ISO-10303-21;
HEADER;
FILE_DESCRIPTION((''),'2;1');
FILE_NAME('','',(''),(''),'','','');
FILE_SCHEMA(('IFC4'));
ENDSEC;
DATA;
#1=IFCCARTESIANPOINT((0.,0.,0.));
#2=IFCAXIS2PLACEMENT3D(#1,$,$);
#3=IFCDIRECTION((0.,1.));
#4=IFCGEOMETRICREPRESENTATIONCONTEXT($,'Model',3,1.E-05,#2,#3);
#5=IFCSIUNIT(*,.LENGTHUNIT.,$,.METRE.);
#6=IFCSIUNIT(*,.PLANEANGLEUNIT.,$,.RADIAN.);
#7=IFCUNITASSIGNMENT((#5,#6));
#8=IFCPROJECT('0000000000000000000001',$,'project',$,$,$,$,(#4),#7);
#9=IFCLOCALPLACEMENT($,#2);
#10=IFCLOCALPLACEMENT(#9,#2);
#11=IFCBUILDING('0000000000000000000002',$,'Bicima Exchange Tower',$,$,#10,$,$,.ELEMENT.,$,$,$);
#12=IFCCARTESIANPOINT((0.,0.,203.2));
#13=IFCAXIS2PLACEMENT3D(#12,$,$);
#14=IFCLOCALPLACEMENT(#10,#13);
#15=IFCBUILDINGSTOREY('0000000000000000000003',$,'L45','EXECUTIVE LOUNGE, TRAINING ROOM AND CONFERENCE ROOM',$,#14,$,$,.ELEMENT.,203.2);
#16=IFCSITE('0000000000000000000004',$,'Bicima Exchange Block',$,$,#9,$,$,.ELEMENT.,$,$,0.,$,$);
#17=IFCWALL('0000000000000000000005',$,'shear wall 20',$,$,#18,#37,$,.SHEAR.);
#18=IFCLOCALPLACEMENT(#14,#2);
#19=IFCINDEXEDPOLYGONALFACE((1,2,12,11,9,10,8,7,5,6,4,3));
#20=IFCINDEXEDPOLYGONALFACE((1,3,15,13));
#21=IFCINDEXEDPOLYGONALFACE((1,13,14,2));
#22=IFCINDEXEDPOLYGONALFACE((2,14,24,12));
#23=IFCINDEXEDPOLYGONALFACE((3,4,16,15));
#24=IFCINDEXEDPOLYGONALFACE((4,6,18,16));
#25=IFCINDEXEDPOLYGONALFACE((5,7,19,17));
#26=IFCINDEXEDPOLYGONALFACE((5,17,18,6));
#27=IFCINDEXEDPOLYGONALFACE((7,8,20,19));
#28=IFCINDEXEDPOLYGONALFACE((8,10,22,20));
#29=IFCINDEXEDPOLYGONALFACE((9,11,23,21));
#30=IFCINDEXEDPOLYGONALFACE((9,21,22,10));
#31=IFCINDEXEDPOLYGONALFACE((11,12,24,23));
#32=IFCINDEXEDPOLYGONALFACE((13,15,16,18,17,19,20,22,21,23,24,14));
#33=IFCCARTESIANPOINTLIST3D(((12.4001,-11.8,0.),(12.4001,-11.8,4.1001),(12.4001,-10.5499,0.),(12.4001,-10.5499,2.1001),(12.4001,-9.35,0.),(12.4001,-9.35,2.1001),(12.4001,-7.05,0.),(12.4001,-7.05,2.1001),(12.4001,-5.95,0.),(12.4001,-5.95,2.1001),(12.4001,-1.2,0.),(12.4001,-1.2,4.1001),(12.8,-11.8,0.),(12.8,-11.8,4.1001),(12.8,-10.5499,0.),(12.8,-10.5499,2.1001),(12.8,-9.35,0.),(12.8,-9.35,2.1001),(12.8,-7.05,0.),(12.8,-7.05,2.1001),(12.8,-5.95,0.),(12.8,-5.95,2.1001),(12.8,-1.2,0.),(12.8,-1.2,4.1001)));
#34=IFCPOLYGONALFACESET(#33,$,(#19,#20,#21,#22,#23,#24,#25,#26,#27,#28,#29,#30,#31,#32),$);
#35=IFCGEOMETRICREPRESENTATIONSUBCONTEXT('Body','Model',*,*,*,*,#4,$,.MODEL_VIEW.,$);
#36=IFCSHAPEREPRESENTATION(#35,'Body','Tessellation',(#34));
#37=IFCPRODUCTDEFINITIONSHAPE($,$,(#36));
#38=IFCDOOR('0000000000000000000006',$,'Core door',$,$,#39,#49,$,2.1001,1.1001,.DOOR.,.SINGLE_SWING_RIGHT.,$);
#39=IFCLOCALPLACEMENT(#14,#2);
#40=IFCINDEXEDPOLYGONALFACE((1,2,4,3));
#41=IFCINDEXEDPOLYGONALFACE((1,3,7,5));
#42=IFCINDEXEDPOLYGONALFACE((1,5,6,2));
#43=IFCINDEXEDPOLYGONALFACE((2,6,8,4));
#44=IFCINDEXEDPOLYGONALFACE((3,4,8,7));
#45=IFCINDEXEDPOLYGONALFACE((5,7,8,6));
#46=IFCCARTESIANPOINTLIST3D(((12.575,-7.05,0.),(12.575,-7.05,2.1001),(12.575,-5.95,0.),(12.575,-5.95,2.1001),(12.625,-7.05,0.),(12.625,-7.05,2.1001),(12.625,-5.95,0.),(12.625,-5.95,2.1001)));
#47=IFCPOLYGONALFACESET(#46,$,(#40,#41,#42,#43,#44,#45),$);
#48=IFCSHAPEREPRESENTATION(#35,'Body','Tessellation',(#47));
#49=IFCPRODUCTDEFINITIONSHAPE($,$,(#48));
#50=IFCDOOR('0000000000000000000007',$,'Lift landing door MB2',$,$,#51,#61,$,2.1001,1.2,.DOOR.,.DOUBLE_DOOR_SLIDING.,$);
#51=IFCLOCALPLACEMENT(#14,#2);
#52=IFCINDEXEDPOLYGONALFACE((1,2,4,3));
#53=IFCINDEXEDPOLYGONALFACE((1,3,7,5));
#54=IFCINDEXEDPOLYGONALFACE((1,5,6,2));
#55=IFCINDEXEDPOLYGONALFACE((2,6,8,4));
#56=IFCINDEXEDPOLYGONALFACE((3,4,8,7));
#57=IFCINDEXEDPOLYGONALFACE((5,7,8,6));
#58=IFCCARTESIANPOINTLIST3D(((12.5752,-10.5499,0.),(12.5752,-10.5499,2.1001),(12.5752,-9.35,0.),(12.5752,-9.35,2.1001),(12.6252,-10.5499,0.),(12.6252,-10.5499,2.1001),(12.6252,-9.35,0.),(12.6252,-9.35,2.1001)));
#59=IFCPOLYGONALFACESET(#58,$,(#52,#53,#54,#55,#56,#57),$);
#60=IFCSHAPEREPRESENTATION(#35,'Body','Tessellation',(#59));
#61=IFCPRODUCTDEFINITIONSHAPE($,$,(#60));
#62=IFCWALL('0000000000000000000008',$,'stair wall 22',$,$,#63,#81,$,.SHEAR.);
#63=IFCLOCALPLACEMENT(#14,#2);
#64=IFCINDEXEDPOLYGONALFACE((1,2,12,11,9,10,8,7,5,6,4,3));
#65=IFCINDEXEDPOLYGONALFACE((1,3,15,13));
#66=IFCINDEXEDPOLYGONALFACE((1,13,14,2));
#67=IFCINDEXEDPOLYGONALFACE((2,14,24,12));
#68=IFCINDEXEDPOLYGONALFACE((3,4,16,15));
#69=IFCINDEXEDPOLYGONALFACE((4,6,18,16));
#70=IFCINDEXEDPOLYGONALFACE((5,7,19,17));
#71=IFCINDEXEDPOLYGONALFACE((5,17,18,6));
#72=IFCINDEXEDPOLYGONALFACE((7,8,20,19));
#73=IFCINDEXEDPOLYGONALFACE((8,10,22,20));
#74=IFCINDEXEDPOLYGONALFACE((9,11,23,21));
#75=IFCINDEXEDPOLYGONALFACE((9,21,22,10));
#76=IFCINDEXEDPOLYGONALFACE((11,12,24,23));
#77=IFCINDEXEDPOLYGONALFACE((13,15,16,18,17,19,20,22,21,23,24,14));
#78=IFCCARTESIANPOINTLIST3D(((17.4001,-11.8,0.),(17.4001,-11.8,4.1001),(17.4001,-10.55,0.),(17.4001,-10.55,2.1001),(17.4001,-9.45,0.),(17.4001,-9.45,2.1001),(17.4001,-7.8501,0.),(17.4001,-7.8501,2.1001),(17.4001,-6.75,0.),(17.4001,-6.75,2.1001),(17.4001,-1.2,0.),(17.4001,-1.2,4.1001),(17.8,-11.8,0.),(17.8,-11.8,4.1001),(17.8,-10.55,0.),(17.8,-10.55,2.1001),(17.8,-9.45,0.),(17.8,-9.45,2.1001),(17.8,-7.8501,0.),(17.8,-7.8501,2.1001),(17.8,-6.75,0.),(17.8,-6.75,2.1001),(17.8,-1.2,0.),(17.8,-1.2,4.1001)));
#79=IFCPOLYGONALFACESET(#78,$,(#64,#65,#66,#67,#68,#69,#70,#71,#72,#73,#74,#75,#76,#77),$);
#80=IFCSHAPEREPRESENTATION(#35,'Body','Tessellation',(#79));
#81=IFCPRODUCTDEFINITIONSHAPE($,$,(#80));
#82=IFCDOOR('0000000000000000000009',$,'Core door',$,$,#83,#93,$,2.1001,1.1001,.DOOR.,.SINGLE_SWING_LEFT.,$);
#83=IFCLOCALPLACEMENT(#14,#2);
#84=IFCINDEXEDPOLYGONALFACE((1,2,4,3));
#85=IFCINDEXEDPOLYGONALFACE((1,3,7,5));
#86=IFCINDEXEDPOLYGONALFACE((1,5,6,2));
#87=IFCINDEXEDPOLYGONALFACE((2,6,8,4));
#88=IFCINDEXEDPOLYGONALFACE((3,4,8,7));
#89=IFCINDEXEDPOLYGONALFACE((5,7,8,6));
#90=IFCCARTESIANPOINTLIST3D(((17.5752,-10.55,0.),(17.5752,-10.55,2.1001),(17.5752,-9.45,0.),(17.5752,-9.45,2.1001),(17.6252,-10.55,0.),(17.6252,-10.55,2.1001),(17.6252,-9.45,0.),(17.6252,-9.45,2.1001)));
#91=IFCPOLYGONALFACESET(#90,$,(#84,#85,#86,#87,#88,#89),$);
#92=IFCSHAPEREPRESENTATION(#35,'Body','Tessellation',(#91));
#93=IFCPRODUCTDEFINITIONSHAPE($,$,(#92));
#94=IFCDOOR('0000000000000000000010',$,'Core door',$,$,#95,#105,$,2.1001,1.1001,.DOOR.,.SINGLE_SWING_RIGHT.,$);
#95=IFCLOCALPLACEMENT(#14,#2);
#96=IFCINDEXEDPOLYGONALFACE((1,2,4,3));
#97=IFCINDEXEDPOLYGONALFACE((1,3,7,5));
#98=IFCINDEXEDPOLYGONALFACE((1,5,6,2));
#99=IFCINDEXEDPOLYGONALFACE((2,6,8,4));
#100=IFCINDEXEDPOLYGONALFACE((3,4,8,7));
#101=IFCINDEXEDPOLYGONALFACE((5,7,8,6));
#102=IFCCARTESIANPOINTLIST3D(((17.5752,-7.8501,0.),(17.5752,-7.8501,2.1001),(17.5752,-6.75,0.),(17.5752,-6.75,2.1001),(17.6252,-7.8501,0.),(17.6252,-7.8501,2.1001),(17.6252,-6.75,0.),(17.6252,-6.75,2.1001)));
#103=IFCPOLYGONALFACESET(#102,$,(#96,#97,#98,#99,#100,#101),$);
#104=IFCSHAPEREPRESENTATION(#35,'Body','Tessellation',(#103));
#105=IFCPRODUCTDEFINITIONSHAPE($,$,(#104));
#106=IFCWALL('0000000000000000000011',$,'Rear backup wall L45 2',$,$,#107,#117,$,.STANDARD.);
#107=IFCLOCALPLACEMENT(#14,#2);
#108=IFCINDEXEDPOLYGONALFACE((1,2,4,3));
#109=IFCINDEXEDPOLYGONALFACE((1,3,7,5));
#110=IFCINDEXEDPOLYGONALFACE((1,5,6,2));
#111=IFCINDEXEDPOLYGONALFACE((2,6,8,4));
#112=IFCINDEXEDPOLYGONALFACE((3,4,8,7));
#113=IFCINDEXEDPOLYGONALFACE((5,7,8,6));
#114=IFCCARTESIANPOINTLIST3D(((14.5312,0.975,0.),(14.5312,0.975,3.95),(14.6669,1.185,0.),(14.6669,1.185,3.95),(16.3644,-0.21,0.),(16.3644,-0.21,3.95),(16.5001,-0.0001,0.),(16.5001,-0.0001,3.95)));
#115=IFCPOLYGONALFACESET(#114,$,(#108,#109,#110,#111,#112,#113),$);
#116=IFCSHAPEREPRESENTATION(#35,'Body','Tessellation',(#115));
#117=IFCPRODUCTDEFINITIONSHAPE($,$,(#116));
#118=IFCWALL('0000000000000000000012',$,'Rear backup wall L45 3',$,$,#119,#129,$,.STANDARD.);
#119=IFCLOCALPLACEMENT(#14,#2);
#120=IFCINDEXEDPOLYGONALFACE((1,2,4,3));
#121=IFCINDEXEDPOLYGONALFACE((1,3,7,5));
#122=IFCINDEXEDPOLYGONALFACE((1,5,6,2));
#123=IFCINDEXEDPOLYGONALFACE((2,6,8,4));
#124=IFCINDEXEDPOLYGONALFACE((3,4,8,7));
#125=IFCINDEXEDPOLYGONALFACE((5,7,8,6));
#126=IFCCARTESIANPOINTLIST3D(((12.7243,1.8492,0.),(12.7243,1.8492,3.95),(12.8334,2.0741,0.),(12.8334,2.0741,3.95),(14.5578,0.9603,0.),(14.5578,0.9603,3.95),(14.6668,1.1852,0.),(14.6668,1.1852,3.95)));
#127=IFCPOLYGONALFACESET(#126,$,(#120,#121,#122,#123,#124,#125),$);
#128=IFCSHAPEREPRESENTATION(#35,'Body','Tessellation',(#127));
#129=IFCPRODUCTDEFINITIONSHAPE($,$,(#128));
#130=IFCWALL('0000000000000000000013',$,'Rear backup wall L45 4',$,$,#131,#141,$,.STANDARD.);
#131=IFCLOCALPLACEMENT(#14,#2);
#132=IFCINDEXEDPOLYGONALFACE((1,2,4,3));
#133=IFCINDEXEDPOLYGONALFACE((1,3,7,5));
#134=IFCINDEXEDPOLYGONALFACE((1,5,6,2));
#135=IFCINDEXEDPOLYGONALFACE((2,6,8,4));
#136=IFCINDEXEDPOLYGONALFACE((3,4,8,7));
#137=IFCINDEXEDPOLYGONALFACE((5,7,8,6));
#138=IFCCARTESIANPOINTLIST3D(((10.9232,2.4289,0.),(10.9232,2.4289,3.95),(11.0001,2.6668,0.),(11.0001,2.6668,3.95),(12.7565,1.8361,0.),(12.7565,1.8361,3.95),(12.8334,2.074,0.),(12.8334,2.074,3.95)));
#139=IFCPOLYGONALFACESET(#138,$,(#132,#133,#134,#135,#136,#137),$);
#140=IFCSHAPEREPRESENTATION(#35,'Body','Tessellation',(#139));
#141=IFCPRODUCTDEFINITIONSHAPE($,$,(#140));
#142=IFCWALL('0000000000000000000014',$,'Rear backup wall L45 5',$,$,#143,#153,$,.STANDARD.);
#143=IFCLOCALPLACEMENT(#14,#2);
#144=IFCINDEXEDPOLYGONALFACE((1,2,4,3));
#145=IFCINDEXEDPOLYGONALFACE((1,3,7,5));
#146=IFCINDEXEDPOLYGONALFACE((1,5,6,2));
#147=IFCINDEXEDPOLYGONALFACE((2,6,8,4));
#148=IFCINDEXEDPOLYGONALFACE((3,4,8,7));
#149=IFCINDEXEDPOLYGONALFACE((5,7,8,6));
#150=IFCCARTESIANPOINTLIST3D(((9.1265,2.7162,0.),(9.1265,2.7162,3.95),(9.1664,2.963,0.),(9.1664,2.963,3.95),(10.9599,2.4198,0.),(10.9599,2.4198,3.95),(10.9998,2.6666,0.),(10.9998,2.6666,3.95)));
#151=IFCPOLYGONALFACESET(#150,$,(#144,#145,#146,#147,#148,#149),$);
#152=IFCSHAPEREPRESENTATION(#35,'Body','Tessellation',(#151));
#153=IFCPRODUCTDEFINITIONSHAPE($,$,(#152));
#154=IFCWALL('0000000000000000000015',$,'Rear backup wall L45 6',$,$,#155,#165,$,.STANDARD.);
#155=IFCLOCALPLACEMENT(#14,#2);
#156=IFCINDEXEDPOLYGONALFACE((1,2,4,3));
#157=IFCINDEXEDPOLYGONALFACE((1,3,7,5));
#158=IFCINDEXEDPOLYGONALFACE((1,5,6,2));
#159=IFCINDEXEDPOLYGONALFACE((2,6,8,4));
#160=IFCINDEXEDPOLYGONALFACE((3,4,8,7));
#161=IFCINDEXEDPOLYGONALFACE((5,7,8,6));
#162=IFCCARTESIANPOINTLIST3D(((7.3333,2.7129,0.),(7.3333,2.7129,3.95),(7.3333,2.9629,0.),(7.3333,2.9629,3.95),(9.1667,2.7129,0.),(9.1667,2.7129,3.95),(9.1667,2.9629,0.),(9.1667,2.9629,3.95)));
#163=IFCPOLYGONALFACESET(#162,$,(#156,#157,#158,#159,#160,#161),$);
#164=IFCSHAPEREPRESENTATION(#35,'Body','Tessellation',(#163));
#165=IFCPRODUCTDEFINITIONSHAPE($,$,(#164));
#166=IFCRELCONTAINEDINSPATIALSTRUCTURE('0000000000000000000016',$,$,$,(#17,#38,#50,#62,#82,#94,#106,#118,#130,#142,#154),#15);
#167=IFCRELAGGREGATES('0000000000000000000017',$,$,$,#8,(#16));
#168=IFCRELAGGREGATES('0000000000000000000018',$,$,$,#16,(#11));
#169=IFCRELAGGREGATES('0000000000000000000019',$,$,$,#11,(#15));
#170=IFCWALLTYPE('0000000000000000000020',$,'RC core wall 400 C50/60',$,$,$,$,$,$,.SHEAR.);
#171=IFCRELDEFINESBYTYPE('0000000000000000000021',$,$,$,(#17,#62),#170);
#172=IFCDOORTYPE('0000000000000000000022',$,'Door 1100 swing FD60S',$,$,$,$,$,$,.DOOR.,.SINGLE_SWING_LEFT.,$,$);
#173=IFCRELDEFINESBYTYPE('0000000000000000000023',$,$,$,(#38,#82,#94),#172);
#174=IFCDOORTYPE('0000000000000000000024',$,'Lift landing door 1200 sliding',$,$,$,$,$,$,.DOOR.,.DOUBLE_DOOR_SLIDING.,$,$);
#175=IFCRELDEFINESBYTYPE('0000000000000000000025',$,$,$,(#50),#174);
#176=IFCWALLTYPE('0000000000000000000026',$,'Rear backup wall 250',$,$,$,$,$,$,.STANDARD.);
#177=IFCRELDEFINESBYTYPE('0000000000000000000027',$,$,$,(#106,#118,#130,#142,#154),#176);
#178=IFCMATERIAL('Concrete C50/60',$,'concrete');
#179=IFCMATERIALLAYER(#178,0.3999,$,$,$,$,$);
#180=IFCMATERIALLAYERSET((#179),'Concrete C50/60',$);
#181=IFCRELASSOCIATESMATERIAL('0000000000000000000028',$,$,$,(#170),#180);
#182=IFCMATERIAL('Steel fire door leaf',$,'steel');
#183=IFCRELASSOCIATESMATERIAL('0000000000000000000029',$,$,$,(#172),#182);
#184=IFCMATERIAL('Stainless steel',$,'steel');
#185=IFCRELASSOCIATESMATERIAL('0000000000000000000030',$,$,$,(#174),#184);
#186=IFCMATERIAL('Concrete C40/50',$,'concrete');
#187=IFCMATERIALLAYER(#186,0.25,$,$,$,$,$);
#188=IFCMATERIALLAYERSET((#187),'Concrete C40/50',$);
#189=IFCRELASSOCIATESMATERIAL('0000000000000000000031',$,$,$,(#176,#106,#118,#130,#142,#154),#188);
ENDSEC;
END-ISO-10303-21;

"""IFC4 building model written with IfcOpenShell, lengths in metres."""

from ifc_helpers import new_model, si_unit, direction, frame, frame_2d, origin, place, context, subcontext, project, spatial, rectangle, extrude, material, layer, layer_set, layer_usage, type_object, element, fill, save


model = new_model("IFC4")

# Units and contexts
model_context = context("Model", 3, precision=1e-05, world=origin(), true_north=direction((0.0, 1.0)))
body_context = subcontext(model_context, "Body", "Model", "MODEL_VIEW")
ifc_project = project(units=[si_unit("LENGTHUNIT", "METRE"), si_unit("PLANEANGLEUNIT", "RADIAN")], contexts=[model_context])

# Site, building, storey
site_placement = place(None, origin())
site = spatial("IfcSite", under=ifc_project, at=site_placement, Name="Bicima Exchange Block", CompositionType="ELEMENT", RefElevation=0.0)
building_placement = place(site_placement, origin())
building = spatial("IfcBuilding", under=site, at=building_placement, Name="Bicima Exchange Tower", CompositionType="ELEMENT")
storey_placement = place(building_placement, frame((0.0, 0.0, 203.2)))
storey = spatial("IfcBuildingStorey", under=building, at=storey_placement, Name="L45", Description="EXECUTIVE LOUNGE, TRAINING ROOM AND CONFERENCE ROOM", CompositionType="ELEMENT", Elevation=203.2)

# Shared definitions
ifc_material_1 = material(Name="Concrete C50/60", Category="concrete")
ifc_layer_1 = layer(ifc_material_1, 0.3999)
ifc_layer_set_1 = layer_set([ifc_layer_1], Name="Concrete C50/60")
wall_type_1 = type_object("IfcWallType", Name="RC core wall 400 C50/60", PredefinedType="SHEAR", material=ifc_layer_set_1)
ifc_material_2 = material(Name="Steel fire door leaf", Category="steel")

# Walls, openings, doors
wall_1_placement = place(storey_placement, frame((12.6001, -11.8, 0.0), z_axis=(0.0, 0.0, 1.0), x_axis=(0.0, 1.0, 0.0)))
wall_1 = element("IfcWall", 1, at=wall_1_placement, inside=storey, type_object=wall_type_1, Name="shear wall 20", PredefinedType="SHEAR", context=body_context, shape_type="SweptSolid", body=[
    extrude(rectangle(XDim=10.6001, YDim=0.3999, at=frame_2d((5.3, 0.0))), origin(), (0.0, 0.0, 1.0), 4.1001),
])
opening_1_placement = place(wall_1_placement, frame((1.25, 0.0, 0.0)))
opening_1 = element("IfcOpeningElement", 2, at=opening_1_placement, cuts=wall_1, PredefinedType="OPENING", context=body_context, shape_type="SweptSolid", body=[
    extrude(rectangle(XDim=1.2, YDim=2.1001, at=frame_2d((0.6001, 1.05))), frame((0.0, 0.2119, 0.0), z_axis=(0.0, -1.0, 0.0), x_axis=(1.0, 0.0, 0.0)), (0.0, 0.0, 1.0), 0.4238),
])
opening_2_placement = place(wall_1_placement, frame((4.75, 0.0, 0.0)))
opening_2 = element("IfcOpeningElement", 3, at=opening_2_placement, cuts=wall_1, PredefinedType="OPENING", context=body_context, shape_type="SweptSolid", body=[
    extrude(rectangle(XDim=1.1001, YDim=2.1001, at=frame_2d((0.55, 1.05))), frame((0.0, 0.2119, 0.0), z_axis=(0.0, -1.0, 0.0), x_axis=(1.0, 0.0, 0.0)), (0.0, 0.0, 1.0), 0.4238),
])
door_type_1 = type_object("IfcDoorType", Name="Door 1100 swing FD60S", OperationType="SINGLE_SWING_LEFT", PredefinedType="DOOR", material=ifc_material_2)
door_1_placement = place(opening_2_placement, frame((1.1001, 0.0, 0.0), z_axis=(0.0, 0.0, 1.0), x_axis=(-1.0, 0.0, 0.0)))
door_1 = element("IfcDoor", 4, at=door_1_placement, inside=storey, type_object=door_type_1, Name="Core door", OperationType="SINGLE_SWING_RIGHT", OverallHeight=2.1001, OverallWidth=1.1001, PredefinedType="DOOR", context=body_context, shape_type="SweptSolid", body=[
    extrude(rectangle(XDim=1.1001, YDim=2.1001, at=frame_2d((0.55, 1.05))), frame((0.0, 0.0249, 0.0), z_axis=(0.0, -1.0, 0.0), x_axis=(1.0, 0.0, 0.0)), (0.0, 0.0, 1.0), 0.05),
])
fill(opening_2, door_1)
ifc_material_3 = material(Name="Stainless steel", Category="steel")
door_type_2 = type_object("IfcDoorType", Name="Lift landing door 1200 sliding", OperationType="DOUBLE_DOOR_SLIDING", PredefinedType="DOOR", material=ifc_material_3)
door_2_placement = place(opening_1_placement, origin())
door_2 = element("IfcDoor", 5, at=door_2_placement, inside=storey, type_object=door_type_2, Name="Lift landing door MB2", OperationType="DOUBLE_DOOR_SLIDING", OverallHeight=2.1001, OverallWidth=1.2, PredefinedType="DOOR", context=body_context, shape_type="SweptSolid", body=[
    extrude(rectangle(XDim=1.2, YDim=2.1001, at=frame_2d((0.6001, 1.05))), frame((0.0, 0.0249, 0.0), z_axis=(0.0, -1.0, 0.0), x_axis=(1.0, 0.0, 0.0)), (0.0, 0.0, 1.0), 0.05),
])
fill(opening_1, door_2)
wall_2_placement = place(storey_placement, frame((17.6001, -11.8, 0.0), z_axis=(0.0, 0.0, 1.0), x_axis=(0.0, 1.0, 0.0)))
wall_2 = element("IfcWall", 6, at=wall_2_placement, inside=storey, type_object=wall_type_1, Name="stair wall 22", PredefinedType="SHEAR", context=body_context, shape_type="SweptSolid", body=[
    extrude(rectangle(XDim=10.6001, YDim=0.3999, at=frame_2d((5.3, 0.0))), origin(), (0.0, 0.0, 1.0), 4.1001),
])
opening_3_placement = place(wall_2_placement, frame((1.25, 0.0, 0.0)))
opening_3 = element("IfcOpeningElement", 7, at=opening_3_placement, cuts=wall_2, PredefinedType="OPENING", context=body_context, shape_type="SweptSolid", body=[
    extrude(rectangle(XDim=1.1001, YDim=2.1001, at=frame_2d((0.55, 1.05))), frame((0.0, 0.2119, 0.0), z_axis=(0.0, -1.0, 0.0), x_axis=(1.0, 0.0, 0.0)), (0.0, 0.0, 1.0), 0.4238),
])
opening_4_placement = place(wall_2_placement, frame((3.95, 0.0, 0.0)))
opening_4 = element("IfcOpeningElement", 8, at=opening_4_placement, cuts=wall_2, PredefinedType="OPENING", context=body_context, shape_type="SweptSolid", body=[
    extrude(rectangle(XDim=1.1001, YDim=2.1001, at=frame_2d((0.55, 1.05))), frame((0.0, 0.2119, 0.0), z_axis=(0.0, -1.0, 0.0), x_axis=(1.0, 0.0, 0.0)), (0.0, 0.0, 1.0), 0.4238),
])
door_3_placement = place(opening_3_placement, origin())
door_3 = element("IfcDoor", 9, at=door_3_placement, inside=storey, type_object=door_type_1, Name="Core door", OperationType="SINGLE_SWING_LEFT", OverallHeight=2.1001, OverallWidth=1.1001, PredefinedType="DOOR", context=body_context, shape_type="SweptSolid", body=[
    extrude(rectangle(XDim=1.1001, YDim=2.1001, at=frame_2d((0.55, 1.05))), frame((0.0, 0.0249, 0.0), z_axis=(0.0, -1.0, 0.0), x_axis=(1.0, 0.0, 0.0)), (0.0, 0.0, 1.0), 0.05),
])
fill(opening_3, door_3)
door_4_placement = place(opening_4_placement, origin())
door_4 = element("IfcDoor", 10, at=door_4_placement, inside=storey, type_object=door_type_1, Name="Core door", OperationType="SINGLE_SWING_RIGHT", OverallHeight=2.1001, OverallWidth=1.1001, PredefinedType="DOOR", context=body_context, shape_type="SweptSolid", body=[
    extrude(rectangle(XDim=1.1001, YDim=2.1001, at=frame_2d((0.55, 1.05))), frame((0.0, 0.0249, 0.0), z_axis=(0.0, -1.0, 0.0), x_axis=(1.0, 0.0, 0.0)), (0.0, 0.0, 1.0), 0.05),
])
fill(opening_4, door_4)

# Walls
ifc_material_4 = material(Name="Concrete C40/50", Category="concrete")
ifc_layer_2 = layer(ifc_material_4, 0.25)
ifc_layer_set_2 = layer_set([ifc_layer_2], Name="Concrete C40/50")
ifc_layer_usage = layer_usage(ifc_layer_set_2, "AXIS2", "POSITIVE", -0.125)
wall_type_2 = type_object("IfcWallType", Name="Rear backup wall 250", PredefinedType="STANDARD", material=ifc_layer_set_2)
wall_3_placement = place(storey_placement, frame((16.4321, -0.105, 0.0), z_axis=(0.0, 0.0, 1.0), x_axis=(-0.839813, 0.542876, 0.0)))
element("IfcWall", 11, at=wall_3_placement, inside=storey, type_object=wall_type_2, material=ifc_layer_usage, Name="Rear backup wall L45 2", PredefinedType="STANDARD", context=body_context, shape_type="SweptSolid", body=[
    extrude(rectangle(XDim=2.1829, YDim=0.25, at=frame_2d((1.0913, 0.0))), origin(), (0.0, 0.0, 1.0), 3.95),
])
wall_4_placement = place(storey_placement, frame((14.6123, 1.0728, 0.0), z_axis=(0.0, 0.0, 1.0), x_axis=(-0.899824, 0.436253, 0.0)))
element("IfcWall", 12, at=wall_4_placement, inside=storey, type_object=wall_type_2, material=ifc_layer_usage, Name="Rear backup wall L45 3", PredefinedType="STANDARD", context=body_context, shape_type="SweptSolid", body=[
    extrude(rectangle(XDim=2.0376, YDim=0.25, at=frame_2d((1.0188, 0.0))), origin(), (0.0, 0.0, 1.0), 3.95),
])
wall_5_placement = place(storey_placement, frame((12.7949, 1.9551, 0.0), z_axis=(0.0, 0.0, 1.0), x_axis=(-0.951496, 0.307662, 0.0)))
element("IfcWall", 13, at=wall_5_placement, inside=storey, type_object=wall_type_2, material=ifc_layer_usage, Name="Rear backup wall L45 4", PredefinedType="STANDARD", context=body_context, shape_type="SweptSolid", body=[
    extrude(rectangle(XDim=1.9268, YDim=0.25, at=frame_2d((0.9634, 0.0))), origin(), (0.0, 0.0, 1.0), 3.95),
])
wall_6_placement = place(storey_placement, frame((10.98, 2.5432, 0.0), z_axis=(0.0, 0.0, 1.0), x_axis=(-0.987182, 0.1596, 0.0)))
element("IfcWall", 14, at=wall_6_placement, inside=storey, type_object=wall_type_2, material=ifc_layer_usage, Name="Rear backup wall L45 5", PredefinedType="STANDARD", context=body_context, shape_type="SweptSolid", body=[
    extrude(rectangle(XDim=1.8572, YDim=0.25, at=frame_2d((0.9287, 0.0))), origin(), (0.0, 0.0, 1.0), 3.95),
])
wall_7_placement = place(storey_placement, frame((9.1667, 2.8379, 0.0), z_axis=(0.0, 0.0, 1.0), x_axis=(-1.0, 0.0, 0.0)))
element("IfcWall", 15, at=wall_7_placement, inside=storey, type_object=wall_type_2, material=ifc_layer_usage, Name="Rear backup wall L45 6", PredefinedType="STANDARD", context=body_context, shape_type="SweptSolid", body=[
    extrude(rectangle(XDim=1.8335, YDim=0.25, at=frame_2d((0.9167, 0.0))), origin(), (0.0, 0.0, 1.0), 3.95),
])

save(model, "model.ifc")
